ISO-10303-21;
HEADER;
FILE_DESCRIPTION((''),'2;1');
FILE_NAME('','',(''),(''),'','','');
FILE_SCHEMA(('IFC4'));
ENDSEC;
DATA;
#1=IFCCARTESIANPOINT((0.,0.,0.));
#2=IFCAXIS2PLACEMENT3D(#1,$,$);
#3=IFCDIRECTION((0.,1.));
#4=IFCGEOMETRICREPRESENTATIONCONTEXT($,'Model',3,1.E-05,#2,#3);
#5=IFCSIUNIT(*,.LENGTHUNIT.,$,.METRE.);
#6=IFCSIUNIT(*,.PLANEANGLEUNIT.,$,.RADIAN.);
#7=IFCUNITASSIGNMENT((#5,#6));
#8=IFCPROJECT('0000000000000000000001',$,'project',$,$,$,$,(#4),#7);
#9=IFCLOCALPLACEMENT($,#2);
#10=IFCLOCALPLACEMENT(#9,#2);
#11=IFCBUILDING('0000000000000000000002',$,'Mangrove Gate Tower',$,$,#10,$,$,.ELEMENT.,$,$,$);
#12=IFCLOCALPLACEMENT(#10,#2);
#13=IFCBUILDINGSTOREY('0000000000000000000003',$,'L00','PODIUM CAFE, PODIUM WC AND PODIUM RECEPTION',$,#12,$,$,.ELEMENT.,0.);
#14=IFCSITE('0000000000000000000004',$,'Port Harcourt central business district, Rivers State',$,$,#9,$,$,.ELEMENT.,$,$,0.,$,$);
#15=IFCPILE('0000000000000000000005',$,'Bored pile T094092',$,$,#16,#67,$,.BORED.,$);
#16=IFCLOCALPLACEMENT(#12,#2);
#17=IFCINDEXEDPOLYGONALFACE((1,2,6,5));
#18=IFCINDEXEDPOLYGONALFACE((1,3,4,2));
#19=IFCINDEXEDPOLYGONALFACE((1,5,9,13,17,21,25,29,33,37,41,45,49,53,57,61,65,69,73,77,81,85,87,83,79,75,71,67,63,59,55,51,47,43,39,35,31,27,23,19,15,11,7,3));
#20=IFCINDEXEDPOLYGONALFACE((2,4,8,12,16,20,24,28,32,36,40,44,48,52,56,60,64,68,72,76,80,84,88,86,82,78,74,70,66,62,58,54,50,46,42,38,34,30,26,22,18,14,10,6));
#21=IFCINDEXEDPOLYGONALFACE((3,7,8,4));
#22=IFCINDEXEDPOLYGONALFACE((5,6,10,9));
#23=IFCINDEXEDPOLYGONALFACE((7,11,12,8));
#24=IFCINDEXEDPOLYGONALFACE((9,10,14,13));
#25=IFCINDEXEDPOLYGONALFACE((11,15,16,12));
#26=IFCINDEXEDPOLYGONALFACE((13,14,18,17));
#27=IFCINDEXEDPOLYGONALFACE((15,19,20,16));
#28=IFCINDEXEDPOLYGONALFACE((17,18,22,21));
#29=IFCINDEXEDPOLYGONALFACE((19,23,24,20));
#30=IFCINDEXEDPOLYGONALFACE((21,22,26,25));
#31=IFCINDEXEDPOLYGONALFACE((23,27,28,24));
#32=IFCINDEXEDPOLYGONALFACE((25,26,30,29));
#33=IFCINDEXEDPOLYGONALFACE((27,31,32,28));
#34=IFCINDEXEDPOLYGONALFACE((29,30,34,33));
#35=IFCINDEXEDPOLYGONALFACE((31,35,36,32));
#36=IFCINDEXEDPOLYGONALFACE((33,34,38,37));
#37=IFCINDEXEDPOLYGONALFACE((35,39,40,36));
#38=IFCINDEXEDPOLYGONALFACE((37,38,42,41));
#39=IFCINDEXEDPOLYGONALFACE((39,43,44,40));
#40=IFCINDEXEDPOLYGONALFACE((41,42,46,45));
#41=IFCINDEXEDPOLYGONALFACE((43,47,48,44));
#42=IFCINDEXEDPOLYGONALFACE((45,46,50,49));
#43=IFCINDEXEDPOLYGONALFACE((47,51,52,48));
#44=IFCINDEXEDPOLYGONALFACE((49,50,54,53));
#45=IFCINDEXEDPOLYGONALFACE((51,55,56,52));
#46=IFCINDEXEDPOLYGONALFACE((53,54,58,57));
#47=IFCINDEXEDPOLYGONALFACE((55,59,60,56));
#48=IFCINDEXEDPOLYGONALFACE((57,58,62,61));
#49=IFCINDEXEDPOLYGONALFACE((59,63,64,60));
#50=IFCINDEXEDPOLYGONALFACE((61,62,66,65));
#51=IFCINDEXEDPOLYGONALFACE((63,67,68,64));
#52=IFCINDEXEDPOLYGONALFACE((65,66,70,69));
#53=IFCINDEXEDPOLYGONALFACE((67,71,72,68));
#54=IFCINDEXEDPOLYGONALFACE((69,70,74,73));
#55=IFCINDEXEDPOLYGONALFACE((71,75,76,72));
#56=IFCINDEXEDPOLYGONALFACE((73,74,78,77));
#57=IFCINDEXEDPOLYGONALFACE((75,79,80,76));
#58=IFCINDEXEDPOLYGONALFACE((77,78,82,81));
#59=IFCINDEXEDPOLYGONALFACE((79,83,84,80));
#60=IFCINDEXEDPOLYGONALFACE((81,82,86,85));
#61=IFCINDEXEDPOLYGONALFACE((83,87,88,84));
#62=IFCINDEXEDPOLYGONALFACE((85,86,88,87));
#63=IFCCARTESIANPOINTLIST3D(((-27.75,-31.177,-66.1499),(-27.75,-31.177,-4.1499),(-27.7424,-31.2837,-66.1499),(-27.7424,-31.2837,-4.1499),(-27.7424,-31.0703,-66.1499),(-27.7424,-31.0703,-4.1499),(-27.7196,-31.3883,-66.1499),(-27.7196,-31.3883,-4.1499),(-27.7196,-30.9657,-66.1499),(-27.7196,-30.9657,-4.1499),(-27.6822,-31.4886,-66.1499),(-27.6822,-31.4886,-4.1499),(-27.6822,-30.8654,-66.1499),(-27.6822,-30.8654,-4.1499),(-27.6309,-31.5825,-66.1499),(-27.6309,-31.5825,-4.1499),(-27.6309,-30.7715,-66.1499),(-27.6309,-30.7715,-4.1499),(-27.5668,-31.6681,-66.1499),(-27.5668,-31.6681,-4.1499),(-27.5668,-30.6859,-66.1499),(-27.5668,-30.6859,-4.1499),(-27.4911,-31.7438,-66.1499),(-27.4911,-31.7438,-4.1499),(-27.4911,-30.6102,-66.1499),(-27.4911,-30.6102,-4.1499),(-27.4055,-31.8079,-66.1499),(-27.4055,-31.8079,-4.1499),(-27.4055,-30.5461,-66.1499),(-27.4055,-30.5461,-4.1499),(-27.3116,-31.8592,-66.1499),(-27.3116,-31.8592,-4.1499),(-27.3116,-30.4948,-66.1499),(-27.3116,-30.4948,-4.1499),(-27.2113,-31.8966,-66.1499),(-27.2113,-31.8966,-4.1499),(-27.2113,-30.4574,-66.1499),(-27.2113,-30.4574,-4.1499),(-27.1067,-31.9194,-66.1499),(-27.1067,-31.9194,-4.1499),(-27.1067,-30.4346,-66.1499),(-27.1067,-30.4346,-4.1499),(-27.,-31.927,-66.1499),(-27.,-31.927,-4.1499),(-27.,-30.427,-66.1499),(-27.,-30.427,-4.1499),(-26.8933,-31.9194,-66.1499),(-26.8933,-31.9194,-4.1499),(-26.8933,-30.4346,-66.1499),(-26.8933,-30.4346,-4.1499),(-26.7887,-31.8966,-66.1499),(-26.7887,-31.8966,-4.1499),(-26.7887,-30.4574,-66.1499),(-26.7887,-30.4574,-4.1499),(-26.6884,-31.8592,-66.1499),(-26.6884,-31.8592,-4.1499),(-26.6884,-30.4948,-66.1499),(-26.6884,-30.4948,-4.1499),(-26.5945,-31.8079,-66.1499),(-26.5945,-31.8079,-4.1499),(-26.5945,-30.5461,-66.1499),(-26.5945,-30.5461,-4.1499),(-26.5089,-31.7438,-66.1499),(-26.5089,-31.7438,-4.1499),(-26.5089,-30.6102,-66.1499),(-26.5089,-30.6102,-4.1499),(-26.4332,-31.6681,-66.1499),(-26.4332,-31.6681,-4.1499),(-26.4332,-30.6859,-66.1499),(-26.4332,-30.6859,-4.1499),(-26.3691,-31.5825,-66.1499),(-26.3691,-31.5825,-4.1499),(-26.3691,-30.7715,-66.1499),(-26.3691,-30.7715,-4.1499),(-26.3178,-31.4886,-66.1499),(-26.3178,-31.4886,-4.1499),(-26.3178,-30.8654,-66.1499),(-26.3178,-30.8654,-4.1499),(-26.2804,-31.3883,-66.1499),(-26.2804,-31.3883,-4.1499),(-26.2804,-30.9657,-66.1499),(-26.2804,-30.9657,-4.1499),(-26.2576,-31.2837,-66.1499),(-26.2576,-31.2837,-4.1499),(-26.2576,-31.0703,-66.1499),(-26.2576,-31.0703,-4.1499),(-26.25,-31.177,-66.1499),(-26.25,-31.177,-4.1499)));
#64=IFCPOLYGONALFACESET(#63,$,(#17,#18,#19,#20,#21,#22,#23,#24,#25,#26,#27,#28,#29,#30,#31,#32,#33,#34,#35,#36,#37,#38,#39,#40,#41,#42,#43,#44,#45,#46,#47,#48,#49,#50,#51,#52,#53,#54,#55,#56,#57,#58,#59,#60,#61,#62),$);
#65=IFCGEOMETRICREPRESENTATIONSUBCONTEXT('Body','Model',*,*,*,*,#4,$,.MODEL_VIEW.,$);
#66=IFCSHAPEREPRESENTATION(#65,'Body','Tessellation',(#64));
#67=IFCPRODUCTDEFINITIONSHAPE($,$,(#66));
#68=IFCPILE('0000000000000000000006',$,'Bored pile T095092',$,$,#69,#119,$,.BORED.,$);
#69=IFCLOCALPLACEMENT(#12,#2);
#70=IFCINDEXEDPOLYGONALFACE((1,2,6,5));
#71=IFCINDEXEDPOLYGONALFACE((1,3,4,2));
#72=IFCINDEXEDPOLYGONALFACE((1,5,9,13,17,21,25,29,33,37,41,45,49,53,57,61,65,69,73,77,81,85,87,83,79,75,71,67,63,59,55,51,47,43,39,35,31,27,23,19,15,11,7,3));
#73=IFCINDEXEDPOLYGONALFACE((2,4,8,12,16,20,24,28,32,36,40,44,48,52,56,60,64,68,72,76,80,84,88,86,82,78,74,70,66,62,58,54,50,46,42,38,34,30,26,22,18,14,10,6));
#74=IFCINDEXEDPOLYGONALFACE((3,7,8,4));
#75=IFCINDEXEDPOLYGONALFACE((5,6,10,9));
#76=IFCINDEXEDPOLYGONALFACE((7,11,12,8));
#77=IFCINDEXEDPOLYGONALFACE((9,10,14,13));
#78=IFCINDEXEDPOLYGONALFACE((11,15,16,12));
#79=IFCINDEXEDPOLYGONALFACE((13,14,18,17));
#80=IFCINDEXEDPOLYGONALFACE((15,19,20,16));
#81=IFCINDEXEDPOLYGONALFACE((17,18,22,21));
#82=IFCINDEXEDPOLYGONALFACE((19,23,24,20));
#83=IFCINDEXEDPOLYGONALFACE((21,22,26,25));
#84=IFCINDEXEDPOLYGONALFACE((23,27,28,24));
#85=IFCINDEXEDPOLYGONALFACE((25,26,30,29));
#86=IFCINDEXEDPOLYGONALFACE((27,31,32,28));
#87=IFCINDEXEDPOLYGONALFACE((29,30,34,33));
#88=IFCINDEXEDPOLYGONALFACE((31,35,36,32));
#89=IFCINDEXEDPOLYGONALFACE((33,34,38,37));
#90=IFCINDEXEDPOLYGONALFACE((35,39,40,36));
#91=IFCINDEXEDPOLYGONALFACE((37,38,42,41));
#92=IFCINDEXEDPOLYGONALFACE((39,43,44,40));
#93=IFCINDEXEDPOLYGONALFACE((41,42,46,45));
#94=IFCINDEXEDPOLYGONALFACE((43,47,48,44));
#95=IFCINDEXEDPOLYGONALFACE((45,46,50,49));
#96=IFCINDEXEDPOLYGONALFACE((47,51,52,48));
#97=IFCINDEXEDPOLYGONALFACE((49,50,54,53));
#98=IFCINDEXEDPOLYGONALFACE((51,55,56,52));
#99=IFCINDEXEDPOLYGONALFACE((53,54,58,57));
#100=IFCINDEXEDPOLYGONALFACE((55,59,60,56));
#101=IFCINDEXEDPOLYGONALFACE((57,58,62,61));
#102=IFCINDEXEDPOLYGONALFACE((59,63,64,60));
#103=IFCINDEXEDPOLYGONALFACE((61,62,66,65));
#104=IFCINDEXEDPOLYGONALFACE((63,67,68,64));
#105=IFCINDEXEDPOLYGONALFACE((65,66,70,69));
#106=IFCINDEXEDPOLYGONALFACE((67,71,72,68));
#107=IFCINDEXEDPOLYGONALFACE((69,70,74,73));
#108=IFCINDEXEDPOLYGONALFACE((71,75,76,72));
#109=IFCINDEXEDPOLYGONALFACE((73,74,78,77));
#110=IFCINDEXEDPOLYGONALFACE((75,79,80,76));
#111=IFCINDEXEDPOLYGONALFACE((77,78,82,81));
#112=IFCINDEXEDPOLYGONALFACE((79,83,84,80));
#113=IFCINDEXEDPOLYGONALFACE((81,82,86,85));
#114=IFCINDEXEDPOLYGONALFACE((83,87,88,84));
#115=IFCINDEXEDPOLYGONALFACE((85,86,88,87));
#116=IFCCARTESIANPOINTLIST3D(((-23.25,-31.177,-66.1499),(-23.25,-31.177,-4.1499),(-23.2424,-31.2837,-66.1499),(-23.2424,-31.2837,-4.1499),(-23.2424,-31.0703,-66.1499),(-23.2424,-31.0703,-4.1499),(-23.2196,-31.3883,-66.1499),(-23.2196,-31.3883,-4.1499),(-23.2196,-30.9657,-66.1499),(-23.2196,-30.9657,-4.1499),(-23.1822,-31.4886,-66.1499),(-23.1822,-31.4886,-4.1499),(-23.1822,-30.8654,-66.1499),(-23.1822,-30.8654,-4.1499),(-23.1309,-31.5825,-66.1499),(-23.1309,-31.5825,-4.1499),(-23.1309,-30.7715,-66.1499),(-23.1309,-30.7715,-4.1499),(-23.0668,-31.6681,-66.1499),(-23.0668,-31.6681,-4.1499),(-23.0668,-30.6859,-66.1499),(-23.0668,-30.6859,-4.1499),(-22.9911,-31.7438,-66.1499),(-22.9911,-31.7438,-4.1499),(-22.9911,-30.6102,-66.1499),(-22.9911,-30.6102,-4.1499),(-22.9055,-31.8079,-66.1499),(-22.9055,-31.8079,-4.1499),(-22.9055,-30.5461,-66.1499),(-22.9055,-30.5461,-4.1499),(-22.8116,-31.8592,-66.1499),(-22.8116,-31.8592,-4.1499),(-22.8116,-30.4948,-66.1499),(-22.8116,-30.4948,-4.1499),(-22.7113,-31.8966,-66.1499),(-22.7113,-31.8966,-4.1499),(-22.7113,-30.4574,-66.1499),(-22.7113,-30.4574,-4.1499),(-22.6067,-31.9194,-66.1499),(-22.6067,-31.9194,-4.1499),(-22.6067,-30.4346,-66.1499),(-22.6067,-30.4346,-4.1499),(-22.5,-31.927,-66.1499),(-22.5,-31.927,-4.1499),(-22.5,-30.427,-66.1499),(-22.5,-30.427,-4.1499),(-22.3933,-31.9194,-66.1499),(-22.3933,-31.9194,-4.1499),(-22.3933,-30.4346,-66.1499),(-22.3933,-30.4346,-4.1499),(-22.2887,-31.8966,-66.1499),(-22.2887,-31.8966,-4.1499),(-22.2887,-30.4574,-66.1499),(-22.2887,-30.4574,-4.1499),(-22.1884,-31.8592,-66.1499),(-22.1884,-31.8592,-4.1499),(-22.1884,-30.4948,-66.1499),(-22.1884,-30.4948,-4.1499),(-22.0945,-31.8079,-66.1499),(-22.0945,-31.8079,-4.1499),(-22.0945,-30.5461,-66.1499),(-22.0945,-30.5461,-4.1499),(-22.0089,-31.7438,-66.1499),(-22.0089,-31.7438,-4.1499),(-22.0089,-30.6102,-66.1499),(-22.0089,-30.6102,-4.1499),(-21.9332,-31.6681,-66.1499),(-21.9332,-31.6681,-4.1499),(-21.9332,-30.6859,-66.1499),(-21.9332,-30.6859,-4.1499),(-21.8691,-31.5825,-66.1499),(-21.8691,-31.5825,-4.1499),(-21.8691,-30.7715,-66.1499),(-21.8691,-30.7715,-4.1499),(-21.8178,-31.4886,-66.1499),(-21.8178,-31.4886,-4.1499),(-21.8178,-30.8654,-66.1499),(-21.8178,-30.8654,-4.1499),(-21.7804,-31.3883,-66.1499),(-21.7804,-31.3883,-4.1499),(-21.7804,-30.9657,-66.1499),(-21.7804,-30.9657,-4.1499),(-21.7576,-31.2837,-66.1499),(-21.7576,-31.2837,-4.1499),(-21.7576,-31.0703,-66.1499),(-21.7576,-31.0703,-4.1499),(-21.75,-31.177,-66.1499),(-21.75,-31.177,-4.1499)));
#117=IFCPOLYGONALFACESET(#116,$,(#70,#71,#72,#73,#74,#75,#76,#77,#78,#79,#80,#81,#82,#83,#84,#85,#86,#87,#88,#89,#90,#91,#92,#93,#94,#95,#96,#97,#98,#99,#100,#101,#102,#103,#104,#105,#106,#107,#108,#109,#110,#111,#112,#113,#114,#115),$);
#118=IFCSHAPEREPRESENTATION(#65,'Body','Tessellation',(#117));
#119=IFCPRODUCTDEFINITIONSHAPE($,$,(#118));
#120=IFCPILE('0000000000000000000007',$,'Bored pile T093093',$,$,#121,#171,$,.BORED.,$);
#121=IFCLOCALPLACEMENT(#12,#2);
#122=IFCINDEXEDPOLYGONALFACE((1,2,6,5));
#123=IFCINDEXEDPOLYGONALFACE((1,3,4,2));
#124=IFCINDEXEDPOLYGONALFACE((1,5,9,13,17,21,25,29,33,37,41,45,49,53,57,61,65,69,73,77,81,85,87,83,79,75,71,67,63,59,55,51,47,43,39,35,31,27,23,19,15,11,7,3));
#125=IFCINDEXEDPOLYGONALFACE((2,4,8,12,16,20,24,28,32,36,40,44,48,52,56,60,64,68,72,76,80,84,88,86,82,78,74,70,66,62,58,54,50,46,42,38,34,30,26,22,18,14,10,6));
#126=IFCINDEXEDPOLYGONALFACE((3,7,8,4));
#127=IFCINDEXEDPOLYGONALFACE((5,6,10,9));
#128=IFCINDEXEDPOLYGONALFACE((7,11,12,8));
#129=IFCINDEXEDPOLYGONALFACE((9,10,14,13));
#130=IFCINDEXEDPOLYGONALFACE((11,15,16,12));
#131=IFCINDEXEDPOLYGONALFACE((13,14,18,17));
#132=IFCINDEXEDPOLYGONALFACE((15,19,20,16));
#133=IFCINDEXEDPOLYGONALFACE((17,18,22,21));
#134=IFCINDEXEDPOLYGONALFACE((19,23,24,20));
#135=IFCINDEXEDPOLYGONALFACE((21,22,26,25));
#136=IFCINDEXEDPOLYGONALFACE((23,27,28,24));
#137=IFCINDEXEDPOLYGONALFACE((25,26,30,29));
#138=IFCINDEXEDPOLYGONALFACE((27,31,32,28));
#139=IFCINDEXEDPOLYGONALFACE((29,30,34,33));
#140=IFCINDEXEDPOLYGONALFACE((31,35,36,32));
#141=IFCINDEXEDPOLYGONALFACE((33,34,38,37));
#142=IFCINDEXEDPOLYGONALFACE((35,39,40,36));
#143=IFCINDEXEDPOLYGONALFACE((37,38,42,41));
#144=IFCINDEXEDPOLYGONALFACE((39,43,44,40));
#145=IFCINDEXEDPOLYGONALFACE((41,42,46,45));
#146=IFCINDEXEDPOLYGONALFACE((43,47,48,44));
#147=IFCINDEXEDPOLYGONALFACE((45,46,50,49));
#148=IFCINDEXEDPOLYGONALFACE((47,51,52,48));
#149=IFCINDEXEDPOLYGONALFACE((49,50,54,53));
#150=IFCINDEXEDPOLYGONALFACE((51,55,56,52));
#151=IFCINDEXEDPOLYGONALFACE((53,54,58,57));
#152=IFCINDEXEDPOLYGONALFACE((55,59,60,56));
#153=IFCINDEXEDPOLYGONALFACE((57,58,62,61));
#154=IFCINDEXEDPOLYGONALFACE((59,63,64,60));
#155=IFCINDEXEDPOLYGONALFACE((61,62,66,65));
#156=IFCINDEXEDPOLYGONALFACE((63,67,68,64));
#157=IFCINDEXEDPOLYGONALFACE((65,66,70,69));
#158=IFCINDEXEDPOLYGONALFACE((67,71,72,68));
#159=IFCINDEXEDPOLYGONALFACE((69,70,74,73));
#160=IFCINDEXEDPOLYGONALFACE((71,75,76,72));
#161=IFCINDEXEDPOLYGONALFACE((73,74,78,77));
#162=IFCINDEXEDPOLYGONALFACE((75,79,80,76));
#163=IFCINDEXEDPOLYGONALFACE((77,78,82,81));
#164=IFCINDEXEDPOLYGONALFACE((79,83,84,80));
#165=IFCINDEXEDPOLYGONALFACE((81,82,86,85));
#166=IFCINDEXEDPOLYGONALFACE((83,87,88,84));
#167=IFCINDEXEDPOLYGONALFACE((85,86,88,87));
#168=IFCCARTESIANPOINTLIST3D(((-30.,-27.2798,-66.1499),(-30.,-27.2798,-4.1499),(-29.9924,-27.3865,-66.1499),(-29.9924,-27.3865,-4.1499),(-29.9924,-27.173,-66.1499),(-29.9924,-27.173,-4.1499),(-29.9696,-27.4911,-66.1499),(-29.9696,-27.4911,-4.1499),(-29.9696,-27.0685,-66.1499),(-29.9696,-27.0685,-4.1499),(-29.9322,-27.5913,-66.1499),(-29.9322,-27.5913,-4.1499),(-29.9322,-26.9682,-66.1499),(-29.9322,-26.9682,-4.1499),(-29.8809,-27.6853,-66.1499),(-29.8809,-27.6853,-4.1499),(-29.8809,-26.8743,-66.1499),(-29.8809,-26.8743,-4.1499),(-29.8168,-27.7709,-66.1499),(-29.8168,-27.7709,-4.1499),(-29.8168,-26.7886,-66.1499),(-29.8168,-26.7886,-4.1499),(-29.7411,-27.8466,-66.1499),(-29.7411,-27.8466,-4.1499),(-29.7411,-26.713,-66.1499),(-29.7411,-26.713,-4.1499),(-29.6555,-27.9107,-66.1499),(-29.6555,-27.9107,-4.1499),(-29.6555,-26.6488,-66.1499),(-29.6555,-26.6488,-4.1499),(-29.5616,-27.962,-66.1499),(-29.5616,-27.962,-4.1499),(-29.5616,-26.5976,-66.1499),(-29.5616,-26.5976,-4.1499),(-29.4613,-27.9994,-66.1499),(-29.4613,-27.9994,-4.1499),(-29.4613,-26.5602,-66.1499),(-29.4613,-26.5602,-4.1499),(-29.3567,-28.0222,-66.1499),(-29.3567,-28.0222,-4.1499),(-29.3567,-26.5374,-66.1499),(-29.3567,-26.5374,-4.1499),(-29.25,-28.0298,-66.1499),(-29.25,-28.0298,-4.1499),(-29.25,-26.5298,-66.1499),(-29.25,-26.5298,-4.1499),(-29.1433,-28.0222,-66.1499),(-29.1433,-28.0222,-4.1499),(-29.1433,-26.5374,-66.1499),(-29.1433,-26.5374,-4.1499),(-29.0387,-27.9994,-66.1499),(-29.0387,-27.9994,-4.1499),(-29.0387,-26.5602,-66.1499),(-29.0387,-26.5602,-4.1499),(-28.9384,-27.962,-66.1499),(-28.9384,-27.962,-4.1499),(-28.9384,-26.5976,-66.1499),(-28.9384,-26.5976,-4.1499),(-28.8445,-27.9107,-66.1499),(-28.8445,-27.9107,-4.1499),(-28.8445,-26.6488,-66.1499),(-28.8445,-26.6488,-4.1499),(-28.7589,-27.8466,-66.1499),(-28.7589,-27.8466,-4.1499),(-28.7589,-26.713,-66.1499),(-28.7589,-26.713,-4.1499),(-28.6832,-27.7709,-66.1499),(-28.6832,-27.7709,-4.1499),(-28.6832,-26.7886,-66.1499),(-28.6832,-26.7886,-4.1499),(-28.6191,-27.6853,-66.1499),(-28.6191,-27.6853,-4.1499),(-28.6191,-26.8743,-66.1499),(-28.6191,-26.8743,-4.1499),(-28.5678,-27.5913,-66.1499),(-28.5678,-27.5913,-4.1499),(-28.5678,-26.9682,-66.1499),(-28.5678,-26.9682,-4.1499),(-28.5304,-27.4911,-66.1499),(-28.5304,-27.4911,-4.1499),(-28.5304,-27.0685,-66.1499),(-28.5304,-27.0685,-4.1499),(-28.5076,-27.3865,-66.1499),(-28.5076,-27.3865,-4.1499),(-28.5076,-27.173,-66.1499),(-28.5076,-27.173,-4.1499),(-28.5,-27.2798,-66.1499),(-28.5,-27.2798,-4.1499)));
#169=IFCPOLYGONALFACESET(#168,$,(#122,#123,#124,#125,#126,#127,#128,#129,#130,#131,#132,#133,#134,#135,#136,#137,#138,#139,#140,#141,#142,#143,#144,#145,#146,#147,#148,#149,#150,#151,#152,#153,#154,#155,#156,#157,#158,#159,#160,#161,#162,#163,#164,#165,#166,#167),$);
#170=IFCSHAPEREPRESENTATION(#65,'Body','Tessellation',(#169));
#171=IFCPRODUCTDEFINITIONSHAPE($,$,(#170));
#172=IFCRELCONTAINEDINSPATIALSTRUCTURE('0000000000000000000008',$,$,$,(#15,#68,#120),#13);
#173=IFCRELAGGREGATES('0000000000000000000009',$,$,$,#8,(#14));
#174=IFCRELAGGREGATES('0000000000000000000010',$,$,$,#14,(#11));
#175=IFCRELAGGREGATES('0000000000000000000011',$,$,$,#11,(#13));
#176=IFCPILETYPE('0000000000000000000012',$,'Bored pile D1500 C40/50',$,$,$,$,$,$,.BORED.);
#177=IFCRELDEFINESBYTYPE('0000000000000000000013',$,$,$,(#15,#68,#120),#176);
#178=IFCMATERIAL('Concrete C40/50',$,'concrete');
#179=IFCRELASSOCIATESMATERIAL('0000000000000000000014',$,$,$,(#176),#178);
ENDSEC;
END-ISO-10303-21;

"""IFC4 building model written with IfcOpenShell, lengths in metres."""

from ifc_helpers import new_model, si_unit, direction, frame, origin, origin_2d, place, context, subcontext, project, spatial, circle, extrude, material, material_profile, profile_set, type_object, element, save


model = new_model("IFC4")

# Units and contexts
model_context = context("Model", 3, precision=1e-05, world=origin(), true_north=direction((0.0, 1.0)))
body_context = subcontext(model_context, "Body", "Model", "MODEL_VIEW")
ifc_project = project(units=[si_unit("LENGTHUNIT", "METRE"), si_unit("PLANEANGLEUNIT", "RADIAN")], contexts=[model_context])

# Site, building, storey
site_placement = place(None, origin())
site = spatial("IfcSite", under=ifc_project, at=site_placement, Name="Port Harcourt central business district, Rivers State", CompositionType="ELEMENT", RefElevation=0.0)
building_placement = place(site_placement, origin())
building = spatial("IfcBuilding", under=site, at=building_placement, Name="Mangrove Gate Tower", CompositionType="ELEMENT")
storey_placement = place(building_placement, origin())
storey = spatial("IfcBuildingStorey", under=building, at=storey_placement, Name="L00", Description="PODIUM CAFE, PODIUM WC AND PODIUM RECEPTION", CompositionType="ELEMENT", Elevation=0.0)

# Piles
ifc_material_1 = material(Name="Concrete C40/50", Category="concrete")
ifc_material_profile_1 = material_profile(ifc_material_1, circle(Radius=0.75, at=origin_2d()))
ifc_profile_set_1 = profile_set([ifc_material_profile_1], Name="Concrete C40/50")
pile_type = type_object("IfcPileType", Name="Bored pile D1500 C40/50", PredefinedType="BORED", material=ifc_profile_set_1)
for number, where, z_axis, x_axis, name in (
    (1, (-27.0, -31.177, -4.1499), (0.0, 0.0, -1.0), (1.0, 0.0, 0.0), "Bored pile T094092"),
    (2, (-22.5, -31.177, -4.1499), (0.0, 0.0, -1.0), (1.0, 0.0, 0.0), "Bored pile T095092"),
    (3, (-29.25, -27.2798, -4.1499), (0.0, 0.0, -1.0), (1.0, 0.0, 0.0), "Bored pile T093093"),
):
    element("IfcPile", number, at=place(storey_placement, frame(where, z_axis=z_axis, x_axis=x_axis)), inside=storey, type_object=pile_type, Name=name, PredefinedType="BORED", context=body_context, shape_type="SweptSolid", body=[
        extrude(circle(Radius=0.75, at=origin_2d()), origin(), (0.0, 0.0, 1.0), 62.0),
    ])

save(model, "model.ifc")
